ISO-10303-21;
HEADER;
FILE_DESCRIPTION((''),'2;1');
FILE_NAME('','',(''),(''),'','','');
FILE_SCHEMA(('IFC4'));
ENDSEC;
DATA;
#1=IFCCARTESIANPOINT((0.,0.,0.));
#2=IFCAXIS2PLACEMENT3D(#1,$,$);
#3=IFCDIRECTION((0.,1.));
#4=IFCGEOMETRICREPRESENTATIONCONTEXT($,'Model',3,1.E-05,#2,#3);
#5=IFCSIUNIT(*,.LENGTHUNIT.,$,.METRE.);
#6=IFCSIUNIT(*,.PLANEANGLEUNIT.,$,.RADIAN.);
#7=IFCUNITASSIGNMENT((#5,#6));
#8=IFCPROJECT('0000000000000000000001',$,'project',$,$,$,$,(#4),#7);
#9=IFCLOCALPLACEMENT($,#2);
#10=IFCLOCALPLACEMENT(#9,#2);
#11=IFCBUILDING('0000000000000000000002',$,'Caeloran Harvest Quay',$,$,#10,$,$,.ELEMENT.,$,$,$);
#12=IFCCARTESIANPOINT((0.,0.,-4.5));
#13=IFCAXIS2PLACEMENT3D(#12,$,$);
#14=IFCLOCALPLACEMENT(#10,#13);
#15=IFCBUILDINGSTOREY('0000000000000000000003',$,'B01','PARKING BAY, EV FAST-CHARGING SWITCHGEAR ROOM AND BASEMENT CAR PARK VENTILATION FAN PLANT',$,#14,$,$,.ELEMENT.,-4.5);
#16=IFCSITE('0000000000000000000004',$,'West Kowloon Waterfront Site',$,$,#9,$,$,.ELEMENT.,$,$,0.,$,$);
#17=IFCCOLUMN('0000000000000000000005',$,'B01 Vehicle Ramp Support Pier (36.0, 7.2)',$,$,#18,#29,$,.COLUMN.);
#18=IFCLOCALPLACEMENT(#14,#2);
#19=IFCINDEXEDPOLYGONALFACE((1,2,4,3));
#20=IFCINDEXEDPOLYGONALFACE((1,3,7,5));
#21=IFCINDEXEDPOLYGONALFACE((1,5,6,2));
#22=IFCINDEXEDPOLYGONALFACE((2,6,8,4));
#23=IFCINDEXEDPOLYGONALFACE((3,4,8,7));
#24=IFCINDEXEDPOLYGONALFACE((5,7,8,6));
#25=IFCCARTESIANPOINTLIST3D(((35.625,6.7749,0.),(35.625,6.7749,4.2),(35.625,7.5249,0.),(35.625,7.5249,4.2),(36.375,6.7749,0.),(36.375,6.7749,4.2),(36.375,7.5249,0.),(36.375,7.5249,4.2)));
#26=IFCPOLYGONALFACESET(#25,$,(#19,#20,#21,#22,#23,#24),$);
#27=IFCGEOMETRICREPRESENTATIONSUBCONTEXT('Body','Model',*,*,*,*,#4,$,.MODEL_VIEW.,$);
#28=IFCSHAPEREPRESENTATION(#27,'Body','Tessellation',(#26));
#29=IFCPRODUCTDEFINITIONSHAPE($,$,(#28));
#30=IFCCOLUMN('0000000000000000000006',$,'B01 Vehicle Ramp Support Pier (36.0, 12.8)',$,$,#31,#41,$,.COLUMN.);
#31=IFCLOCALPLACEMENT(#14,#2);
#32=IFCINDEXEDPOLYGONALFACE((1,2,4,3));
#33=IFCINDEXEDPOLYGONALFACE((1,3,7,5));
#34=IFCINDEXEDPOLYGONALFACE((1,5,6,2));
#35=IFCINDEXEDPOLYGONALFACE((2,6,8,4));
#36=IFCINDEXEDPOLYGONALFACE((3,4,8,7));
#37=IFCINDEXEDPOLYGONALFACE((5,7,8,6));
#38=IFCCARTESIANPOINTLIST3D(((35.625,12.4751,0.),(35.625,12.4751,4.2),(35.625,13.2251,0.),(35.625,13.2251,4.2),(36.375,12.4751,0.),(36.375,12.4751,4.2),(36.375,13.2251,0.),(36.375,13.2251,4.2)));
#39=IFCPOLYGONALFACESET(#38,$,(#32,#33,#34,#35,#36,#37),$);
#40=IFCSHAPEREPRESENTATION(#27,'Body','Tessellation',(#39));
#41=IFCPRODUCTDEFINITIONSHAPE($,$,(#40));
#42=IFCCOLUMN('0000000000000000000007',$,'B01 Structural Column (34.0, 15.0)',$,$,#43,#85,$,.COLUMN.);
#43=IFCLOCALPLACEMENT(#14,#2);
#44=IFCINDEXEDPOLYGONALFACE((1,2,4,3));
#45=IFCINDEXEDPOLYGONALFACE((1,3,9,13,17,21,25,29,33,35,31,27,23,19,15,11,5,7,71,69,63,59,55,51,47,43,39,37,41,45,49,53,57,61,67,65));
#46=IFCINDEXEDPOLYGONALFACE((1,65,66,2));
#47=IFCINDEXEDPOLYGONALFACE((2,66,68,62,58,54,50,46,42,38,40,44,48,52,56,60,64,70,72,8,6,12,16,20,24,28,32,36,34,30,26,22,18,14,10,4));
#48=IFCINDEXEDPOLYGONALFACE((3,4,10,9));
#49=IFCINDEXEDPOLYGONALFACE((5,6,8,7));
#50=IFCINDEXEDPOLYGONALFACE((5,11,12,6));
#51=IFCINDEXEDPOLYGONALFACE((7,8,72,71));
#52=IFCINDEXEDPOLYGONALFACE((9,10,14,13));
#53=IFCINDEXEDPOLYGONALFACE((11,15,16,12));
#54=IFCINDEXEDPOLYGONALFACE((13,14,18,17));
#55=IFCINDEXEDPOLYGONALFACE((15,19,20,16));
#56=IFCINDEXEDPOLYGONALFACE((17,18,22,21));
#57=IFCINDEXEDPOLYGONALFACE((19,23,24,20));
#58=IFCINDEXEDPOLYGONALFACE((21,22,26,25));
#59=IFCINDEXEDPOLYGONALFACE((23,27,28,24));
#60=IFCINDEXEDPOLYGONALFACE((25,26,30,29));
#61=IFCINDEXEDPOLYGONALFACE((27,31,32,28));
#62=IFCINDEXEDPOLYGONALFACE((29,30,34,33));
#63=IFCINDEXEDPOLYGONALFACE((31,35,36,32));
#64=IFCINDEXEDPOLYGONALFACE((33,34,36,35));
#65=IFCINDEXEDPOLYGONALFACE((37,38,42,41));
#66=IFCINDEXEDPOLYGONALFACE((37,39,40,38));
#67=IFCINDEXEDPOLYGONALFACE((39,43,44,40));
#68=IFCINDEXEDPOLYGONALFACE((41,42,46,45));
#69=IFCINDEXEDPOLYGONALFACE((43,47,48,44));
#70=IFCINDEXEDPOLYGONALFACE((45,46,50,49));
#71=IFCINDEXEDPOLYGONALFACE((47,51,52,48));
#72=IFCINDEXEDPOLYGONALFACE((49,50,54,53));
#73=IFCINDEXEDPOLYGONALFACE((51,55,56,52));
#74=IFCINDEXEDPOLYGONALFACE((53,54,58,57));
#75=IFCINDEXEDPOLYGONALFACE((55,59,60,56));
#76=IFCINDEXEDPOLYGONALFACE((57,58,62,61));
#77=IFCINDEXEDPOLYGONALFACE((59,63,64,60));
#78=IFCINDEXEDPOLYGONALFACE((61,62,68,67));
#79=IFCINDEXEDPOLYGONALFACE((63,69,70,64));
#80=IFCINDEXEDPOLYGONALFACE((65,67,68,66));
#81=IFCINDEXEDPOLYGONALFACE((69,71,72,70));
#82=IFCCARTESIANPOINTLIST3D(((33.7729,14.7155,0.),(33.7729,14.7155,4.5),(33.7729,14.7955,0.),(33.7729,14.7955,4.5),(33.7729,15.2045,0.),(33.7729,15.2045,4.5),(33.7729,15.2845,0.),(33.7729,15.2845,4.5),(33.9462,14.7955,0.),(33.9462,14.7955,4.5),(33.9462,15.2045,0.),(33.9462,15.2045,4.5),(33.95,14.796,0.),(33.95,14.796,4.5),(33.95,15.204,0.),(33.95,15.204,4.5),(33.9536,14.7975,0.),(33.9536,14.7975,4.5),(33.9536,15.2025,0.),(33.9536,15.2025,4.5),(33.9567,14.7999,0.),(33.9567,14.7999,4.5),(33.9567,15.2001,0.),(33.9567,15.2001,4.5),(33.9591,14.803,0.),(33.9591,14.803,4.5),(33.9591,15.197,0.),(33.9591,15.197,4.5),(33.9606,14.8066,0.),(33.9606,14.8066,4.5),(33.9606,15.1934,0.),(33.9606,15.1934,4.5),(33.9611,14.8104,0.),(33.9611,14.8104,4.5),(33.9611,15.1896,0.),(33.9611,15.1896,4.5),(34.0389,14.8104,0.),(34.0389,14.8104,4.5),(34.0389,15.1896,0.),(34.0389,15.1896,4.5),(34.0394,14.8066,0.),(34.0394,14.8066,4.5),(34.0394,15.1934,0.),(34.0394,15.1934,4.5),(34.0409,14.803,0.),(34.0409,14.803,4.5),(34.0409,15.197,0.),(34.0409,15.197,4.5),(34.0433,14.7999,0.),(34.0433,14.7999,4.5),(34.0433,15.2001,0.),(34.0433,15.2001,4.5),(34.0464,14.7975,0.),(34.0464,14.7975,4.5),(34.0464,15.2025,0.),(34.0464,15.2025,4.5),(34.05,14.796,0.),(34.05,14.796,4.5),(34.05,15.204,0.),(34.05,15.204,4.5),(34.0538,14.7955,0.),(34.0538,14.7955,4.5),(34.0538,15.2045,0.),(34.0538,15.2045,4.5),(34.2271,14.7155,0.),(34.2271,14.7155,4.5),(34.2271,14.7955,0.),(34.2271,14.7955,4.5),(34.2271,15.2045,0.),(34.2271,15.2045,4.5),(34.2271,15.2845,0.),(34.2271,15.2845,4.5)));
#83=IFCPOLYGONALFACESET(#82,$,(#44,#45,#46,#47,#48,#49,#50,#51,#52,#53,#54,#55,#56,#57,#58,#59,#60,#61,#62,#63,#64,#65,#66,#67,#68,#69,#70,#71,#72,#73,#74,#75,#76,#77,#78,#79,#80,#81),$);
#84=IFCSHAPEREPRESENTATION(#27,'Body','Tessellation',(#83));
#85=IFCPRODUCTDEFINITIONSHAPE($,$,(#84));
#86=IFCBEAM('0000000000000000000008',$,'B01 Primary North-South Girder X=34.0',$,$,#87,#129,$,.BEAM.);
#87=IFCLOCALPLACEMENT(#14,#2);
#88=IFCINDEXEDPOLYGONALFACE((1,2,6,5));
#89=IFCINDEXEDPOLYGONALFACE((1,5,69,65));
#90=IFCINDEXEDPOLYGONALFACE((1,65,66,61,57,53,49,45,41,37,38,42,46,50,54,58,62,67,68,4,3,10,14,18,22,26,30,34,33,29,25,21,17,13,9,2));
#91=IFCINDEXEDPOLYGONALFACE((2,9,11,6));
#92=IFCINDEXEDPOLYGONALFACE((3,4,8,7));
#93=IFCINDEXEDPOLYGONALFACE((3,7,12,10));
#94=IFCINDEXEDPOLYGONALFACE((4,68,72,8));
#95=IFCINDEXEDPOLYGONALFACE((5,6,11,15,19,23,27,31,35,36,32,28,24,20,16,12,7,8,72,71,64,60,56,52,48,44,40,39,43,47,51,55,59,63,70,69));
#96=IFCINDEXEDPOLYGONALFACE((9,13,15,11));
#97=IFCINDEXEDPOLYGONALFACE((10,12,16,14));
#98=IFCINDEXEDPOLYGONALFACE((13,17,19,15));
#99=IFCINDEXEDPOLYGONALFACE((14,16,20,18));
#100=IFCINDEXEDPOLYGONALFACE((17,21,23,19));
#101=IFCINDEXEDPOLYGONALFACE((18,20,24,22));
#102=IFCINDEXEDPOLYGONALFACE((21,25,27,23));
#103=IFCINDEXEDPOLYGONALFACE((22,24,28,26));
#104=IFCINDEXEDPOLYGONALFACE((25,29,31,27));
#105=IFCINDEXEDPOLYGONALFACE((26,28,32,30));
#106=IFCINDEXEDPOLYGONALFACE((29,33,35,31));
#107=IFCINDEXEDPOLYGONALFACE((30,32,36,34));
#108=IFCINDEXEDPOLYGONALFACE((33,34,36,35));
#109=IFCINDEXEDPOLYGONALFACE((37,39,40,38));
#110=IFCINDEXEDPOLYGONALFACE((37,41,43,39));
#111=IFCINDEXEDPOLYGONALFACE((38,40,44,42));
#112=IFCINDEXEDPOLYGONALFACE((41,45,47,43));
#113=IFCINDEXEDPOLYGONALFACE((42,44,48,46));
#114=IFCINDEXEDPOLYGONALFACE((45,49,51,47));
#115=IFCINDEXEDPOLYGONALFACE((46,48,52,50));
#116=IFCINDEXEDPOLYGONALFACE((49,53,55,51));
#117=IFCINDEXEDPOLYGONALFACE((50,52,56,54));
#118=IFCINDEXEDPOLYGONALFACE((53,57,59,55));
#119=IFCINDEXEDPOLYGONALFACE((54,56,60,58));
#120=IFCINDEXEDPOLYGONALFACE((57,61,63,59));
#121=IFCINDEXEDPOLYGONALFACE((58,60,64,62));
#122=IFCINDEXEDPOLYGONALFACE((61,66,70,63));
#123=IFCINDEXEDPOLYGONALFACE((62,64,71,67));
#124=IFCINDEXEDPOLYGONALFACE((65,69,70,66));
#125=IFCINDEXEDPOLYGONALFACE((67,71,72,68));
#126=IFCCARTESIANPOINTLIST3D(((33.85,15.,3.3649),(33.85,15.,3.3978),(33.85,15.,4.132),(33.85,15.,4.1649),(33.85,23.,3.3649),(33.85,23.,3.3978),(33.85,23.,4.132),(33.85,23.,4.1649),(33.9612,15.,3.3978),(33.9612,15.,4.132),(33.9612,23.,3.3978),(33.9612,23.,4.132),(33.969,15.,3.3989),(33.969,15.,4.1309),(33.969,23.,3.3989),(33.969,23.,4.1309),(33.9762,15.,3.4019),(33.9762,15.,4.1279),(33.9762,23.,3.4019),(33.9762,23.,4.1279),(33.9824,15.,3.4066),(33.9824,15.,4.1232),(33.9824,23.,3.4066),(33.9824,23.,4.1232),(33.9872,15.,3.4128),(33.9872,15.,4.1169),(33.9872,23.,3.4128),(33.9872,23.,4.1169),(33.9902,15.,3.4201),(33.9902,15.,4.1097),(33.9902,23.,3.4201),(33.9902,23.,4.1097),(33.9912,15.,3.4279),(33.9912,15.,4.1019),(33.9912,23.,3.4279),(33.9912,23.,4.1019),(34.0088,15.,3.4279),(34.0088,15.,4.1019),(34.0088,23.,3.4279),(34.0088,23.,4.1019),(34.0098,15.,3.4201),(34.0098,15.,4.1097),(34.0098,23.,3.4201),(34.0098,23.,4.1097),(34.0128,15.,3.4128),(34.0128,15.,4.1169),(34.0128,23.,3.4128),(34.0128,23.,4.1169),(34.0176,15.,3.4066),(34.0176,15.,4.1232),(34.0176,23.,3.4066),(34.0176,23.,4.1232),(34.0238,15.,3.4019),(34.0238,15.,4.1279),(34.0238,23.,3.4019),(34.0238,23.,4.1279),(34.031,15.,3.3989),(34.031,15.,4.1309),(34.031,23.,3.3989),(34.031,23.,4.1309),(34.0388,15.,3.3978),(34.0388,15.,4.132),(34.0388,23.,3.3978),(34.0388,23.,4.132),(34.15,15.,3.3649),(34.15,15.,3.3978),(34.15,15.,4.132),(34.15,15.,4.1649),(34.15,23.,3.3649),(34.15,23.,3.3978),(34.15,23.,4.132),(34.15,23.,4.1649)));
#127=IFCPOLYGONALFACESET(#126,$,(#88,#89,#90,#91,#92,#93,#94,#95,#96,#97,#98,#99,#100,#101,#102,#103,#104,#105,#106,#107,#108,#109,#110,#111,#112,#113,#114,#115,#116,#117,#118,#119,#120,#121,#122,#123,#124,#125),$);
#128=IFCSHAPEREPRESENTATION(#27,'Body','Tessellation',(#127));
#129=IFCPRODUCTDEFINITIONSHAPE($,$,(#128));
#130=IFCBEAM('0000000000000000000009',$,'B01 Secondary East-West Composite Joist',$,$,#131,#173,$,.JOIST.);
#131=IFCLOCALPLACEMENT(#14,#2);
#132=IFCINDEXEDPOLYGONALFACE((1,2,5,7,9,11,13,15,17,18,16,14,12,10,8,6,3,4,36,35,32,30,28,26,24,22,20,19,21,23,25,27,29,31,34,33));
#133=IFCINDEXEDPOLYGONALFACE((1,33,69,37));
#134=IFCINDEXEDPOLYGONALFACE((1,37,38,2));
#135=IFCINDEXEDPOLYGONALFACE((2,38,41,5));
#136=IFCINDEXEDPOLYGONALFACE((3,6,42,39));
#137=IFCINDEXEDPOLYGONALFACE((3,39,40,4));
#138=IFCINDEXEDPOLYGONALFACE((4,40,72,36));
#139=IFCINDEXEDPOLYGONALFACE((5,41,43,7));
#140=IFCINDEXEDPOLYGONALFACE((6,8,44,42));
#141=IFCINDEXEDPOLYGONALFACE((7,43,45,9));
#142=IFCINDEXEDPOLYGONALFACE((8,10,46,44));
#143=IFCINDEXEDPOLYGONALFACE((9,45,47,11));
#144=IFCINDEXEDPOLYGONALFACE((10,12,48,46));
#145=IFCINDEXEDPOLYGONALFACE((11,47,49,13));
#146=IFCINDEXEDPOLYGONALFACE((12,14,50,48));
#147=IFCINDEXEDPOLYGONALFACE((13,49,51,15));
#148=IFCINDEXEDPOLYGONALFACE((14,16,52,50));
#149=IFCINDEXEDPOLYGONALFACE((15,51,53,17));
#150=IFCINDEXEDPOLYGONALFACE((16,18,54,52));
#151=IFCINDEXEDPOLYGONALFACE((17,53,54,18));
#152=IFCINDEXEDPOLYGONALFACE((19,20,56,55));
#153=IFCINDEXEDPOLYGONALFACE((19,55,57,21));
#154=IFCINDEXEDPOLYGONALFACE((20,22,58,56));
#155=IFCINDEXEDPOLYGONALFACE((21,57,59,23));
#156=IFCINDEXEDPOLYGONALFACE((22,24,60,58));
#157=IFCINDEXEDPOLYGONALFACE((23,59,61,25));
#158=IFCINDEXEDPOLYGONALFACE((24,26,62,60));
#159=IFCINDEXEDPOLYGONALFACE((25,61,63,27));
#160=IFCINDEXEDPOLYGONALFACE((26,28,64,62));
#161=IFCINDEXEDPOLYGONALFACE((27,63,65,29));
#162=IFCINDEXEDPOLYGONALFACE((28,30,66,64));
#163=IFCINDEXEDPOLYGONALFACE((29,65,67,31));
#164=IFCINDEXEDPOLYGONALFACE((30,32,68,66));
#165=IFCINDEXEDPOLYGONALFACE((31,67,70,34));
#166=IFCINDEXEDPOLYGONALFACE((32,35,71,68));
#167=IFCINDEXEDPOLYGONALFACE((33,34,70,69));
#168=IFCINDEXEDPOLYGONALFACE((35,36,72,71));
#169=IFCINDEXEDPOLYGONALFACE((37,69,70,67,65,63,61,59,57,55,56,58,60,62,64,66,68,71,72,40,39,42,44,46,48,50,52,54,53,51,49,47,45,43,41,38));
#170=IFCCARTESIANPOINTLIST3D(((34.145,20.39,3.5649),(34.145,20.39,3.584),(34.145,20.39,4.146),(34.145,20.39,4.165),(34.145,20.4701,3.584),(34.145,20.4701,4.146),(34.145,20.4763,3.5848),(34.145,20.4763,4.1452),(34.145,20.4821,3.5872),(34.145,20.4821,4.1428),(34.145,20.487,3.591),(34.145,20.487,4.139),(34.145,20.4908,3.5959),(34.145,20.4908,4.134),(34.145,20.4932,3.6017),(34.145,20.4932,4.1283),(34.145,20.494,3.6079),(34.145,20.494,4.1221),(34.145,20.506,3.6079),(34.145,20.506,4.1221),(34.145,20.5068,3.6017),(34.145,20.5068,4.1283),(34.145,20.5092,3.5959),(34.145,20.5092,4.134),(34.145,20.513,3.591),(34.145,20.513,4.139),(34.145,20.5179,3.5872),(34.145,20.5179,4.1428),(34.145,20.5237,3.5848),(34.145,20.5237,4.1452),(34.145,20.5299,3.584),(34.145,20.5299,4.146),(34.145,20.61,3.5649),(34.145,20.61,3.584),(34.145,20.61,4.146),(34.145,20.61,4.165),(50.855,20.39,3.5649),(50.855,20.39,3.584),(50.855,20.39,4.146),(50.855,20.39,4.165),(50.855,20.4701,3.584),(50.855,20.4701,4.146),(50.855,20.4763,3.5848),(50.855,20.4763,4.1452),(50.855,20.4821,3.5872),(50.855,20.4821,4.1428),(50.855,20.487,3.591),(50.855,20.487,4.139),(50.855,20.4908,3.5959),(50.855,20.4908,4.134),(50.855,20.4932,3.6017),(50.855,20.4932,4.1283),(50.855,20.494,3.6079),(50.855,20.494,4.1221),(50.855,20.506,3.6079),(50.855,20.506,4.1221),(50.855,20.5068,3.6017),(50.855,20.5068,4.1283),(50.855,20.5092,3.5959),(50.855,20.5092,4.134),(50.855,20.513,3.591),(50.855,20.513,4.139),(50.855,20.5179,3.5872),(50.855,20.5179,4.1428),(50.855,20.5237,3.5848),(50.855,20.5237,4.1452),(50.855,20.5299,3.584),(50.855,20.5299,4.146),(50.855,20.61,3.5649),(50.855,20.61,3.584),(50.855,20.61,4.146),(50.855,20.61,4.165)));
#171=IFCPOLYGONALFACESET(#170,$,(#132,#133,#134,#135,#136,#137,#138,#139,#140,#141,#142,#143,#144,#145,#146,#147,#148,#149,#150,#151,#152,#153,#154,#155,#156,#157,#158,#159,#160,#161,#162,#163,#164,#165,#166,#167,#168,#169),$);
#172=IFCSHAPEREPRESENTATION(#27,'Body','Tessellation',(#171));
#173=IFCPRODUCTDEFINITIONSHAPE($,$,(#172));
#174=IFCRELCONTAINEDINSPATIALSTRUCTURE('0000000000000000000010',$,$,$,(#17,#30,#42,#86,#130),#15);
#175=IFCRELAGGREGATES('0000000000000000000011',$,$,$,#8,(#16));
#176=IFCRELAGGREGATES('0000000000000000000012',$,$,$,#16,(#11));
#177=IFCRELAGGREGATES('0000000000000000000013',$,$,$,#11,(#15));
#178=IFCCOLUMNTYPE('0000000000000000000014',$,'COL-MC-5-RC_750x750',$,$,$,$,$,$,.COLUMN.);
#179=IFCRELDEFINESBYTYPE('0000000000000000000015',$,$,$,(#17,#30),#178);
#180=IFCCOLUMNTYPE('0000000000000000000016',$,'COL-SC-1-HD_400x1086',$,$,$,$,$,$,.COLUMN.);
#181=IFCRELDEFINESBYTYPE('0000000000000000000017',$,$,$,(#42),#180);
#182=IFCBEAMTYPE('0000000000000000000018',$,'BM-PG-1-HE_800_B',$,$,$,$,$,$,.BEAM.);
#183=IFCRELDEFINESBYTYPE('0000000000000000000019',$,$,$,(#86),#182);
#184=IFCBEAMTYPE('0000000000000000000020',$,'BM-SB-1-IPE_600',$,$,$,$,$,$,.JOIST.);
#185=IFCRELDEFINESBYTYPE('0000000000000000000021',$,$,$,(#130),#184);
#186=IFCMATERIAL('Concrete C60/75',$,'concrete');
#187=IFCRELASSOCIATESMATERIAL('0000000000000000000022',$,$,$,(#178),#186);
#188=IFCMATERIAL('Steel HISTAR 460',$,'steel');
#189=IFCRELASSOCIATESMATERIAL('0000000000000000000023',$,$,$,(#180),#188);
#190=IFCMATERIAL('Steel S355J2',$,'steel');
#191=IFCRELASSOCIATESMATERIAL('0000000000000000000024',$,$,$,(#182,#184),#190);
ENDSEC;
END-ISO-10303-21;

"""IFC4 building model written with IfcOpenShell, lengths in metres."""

from ifc_helpers import new_model, si_unit, direction, frame, origin, origin_2d, place, context, subcontext, project, spatial, rectangle, i_section, extrude, material, material_profile, profile_set, type_object, element, save


model = new_model("IFC4")

# Units and contexts
model_context = context("Model", 3, precision=1e-05, world=origin(), true_north=direction((0.0, 1.0)))
body_context = subcontext(model_context, "Body", "Model", "MODEL_VIEW")
ifc_project = project(units=[si_unit("LENGTHUNIT", "METRE"), si_unit("PLANEANGLEUNIT", "RADIAN")], contexts=[model_context])

# Site, building, storey
site_placement = place(None, origin())
site = spatial("IfcSite", under=ifc_project, at=site_placement, Name="West Kowloon Waterfront Site", CompositionType="ELEMENT", RefElevation=0.0)
building_placement = place(site_placement, origin())
building = spatial("IfcBuilding", under=site, at=building_placement, Name="Caeloran Harvest Quay", CompositionType="ELEMENT")
storey_placement = place(building_placement, frame((0.0, 0.0, -4.5)))
storey = spatial("IfcBuildingStorey", under=building, at=storey_placement, Name="B01", Description="PARKING BAY, EV FAST-CHARGING SWITCHGEAR ROOM AND BASEMENT CAR PARK VENTILATION FAN PLANT", CompositionType="ELEMENT", Elevation=-4.5)

# Columns
ifc_material_1 = material(Name="Concrete C60/75", Category="concrete")
ifc_material_profile_1 = material_profile(ifc_material_1, rectangle(XDim=0.75, YDim=0.75, at=origin_2d()), Name="RC 750x750")
ifc_profile_set_1 = profile_set([ifc_material_profile_1], Name="Concrete C60/75")
column_type_1 = type_object("IfcColumnType", Name="COL-MC-5-RC_750x750", PredefinedType="COLUMN", material=ifc_profile_set_1)
for number, where, z_axis, x_axis, name in (
    (1, (36.0, 7.1499, 0.0), (0.0, 0.0, 1.0), (1.0, 0.0, 0.0), "B01 Vehicle Ramp Support Pier (36.0, 7.2)"),
    (2, (36.0, 12.8501, 0.0), (0.0, 0.0, 1.0), (1.0, 0.0, 0.0), "B01 Vehicle Ramp Support Pier (36.0, 12.8)"),
):
    element("IfcColumn", number, at=place(storey_placement, frame(where, z_axis=z_axis, x_axis=x_axis)), inside=storey, type_object=column_type_1, Name=name, PredefinedType="COLUMN", context=body_context, shape_type="SweptSolid", body=[
        extrude(rectangle(XDim=0.75, YDim=0.75, at=origin_2d()), origin(), (0.0, 0.0, 1.0), 4.2),
    ])
ifc_material_2 = material(Name="Steel HISTAR 460", Category="steel")
ifc_material_profile_2 = material_profile(ifc_material_2, i_section(OverallWidth=0.4541, OverallDepth=0.5691, WebThickness=0.0779, FlangeThickness=0.0801, FilletRadius=0.0149, at=origin_2d()), Name="HD 400x1086")
ifc_profile_set_2 = profile_set([ifc_material_profile_2], Name="Steel HISTAR 460")
column_type_2 = type_object("IfcColumnType", Name="COL-SC-1-HD_400x1086", PredefinedType="COLUMN", material=ifc_profile_set_2)
column_placement = place(storey_placement, frame((34.0, 15.0, 0.0), z_axis=(0.0, 0.0, 1.0), x_axis=(1.0, 0.0, 0.0)))
element("IfcColumn", 3, at=column_placement, inside=storey, type_object=column_type_2, Name="B01 Structural Column (34.0, 15.0)", PredefinedType="COLUMN", context=body_context, shape_type="SweptSolid", body=[
    extrude(i_section(OverallWidth=0.4541, OverallDepth=0.5691, WebThickness=0.0779, FlangeThickness=0.0801, FilletRadius=0.0149, at=origin_2d()), origin(), (0.0, 0.0, 1.0), 4.5),
])

# Beams
ifc_material_3 = material(Name="Steel S355J2", Category="steel")
ifc_material_profile_3 = material_profile(ifc_material_3, i_section(OverallWidth=0.3, OverallDepth=0.8, WebThickness=0.0176, FlangeThickness=0.033, FilletRadius=0.03, at=origin_2d()), Name="HE 800 B")
ifc_profile_set_3 = profile_set([ifc_material_profile_3], Name="Steel S355J2")
beam_type_1 = type_object("IfcBeamType", Name="BM-PG-1-HE_800_B", PredefinedType="BEAM", material=ifc_profile_set_3)
beam_1_placement = place(storey_placement, frame((34.0, 15.0, 3.7649), z_axis=(0.0, 1.0, 0.0), x_axis=(-1.0, 0.0, 0.0)))
element("IfcBeam", 4, at=beam_1_placement, inside=storey, type_object=beam_type_1, Name="B01 Primary North-South Girder X=34.0", PredefinedType="BEAM", context=body_context, shape_type="SweptSolid", body=[
    extrude(i_section(OverallWidth=0.3, OverallDepth=0.8, WebThickness=0.0176, FlangeThickness=0.033, FilletRadius=0.03, at=origin_2d()), origin(), (0.0, 0.0, 1.0), 8.0),
])
ifc_material_profile_4 = material_profile(ifc_material_3, i_section(OverallWidth=0.22, OverallDepth=0.6001, WebThickness=0.012, FlangeThickness=0.019, FilletRadius=0.0239, at=origin_2d()), Name="IPE 600")
ifc_profile_set_4 = profile_set([ifc_material_profile_4], Name="Steel S355J2")
beam_type_2 = type_object("IfcBeamType", Name="BM-SB-1-IPE_600", PredefinedType="JOIST", material=ifc_profile_set_4)
beam_2_placement = place(storey_placement, frame((34.145, 20.5, 3.865), z_axis=(1.0, 0.0, 0.0), x_axis=(0.0, 1.0, 0.0)))
element("IfcBeam", 5, at=beam_2_placement, inside=storey, type_object=beam_type_2, Name="B01 Secondary East-West Composite Joist", PredefinedType="JOIST", context=body_context, shape_type="SweptSolid", body=[
    extrude(i_section(OverallWidth=0.22, OverallDepth=0.6001, WebThickness=0.012, FlangeThickness=0.019, FilletRadius=0.0239, at=origin_2d()), origin(), (0.0, 0.0, 1.0), 16.71),
])

save(model, "model.ifc")
